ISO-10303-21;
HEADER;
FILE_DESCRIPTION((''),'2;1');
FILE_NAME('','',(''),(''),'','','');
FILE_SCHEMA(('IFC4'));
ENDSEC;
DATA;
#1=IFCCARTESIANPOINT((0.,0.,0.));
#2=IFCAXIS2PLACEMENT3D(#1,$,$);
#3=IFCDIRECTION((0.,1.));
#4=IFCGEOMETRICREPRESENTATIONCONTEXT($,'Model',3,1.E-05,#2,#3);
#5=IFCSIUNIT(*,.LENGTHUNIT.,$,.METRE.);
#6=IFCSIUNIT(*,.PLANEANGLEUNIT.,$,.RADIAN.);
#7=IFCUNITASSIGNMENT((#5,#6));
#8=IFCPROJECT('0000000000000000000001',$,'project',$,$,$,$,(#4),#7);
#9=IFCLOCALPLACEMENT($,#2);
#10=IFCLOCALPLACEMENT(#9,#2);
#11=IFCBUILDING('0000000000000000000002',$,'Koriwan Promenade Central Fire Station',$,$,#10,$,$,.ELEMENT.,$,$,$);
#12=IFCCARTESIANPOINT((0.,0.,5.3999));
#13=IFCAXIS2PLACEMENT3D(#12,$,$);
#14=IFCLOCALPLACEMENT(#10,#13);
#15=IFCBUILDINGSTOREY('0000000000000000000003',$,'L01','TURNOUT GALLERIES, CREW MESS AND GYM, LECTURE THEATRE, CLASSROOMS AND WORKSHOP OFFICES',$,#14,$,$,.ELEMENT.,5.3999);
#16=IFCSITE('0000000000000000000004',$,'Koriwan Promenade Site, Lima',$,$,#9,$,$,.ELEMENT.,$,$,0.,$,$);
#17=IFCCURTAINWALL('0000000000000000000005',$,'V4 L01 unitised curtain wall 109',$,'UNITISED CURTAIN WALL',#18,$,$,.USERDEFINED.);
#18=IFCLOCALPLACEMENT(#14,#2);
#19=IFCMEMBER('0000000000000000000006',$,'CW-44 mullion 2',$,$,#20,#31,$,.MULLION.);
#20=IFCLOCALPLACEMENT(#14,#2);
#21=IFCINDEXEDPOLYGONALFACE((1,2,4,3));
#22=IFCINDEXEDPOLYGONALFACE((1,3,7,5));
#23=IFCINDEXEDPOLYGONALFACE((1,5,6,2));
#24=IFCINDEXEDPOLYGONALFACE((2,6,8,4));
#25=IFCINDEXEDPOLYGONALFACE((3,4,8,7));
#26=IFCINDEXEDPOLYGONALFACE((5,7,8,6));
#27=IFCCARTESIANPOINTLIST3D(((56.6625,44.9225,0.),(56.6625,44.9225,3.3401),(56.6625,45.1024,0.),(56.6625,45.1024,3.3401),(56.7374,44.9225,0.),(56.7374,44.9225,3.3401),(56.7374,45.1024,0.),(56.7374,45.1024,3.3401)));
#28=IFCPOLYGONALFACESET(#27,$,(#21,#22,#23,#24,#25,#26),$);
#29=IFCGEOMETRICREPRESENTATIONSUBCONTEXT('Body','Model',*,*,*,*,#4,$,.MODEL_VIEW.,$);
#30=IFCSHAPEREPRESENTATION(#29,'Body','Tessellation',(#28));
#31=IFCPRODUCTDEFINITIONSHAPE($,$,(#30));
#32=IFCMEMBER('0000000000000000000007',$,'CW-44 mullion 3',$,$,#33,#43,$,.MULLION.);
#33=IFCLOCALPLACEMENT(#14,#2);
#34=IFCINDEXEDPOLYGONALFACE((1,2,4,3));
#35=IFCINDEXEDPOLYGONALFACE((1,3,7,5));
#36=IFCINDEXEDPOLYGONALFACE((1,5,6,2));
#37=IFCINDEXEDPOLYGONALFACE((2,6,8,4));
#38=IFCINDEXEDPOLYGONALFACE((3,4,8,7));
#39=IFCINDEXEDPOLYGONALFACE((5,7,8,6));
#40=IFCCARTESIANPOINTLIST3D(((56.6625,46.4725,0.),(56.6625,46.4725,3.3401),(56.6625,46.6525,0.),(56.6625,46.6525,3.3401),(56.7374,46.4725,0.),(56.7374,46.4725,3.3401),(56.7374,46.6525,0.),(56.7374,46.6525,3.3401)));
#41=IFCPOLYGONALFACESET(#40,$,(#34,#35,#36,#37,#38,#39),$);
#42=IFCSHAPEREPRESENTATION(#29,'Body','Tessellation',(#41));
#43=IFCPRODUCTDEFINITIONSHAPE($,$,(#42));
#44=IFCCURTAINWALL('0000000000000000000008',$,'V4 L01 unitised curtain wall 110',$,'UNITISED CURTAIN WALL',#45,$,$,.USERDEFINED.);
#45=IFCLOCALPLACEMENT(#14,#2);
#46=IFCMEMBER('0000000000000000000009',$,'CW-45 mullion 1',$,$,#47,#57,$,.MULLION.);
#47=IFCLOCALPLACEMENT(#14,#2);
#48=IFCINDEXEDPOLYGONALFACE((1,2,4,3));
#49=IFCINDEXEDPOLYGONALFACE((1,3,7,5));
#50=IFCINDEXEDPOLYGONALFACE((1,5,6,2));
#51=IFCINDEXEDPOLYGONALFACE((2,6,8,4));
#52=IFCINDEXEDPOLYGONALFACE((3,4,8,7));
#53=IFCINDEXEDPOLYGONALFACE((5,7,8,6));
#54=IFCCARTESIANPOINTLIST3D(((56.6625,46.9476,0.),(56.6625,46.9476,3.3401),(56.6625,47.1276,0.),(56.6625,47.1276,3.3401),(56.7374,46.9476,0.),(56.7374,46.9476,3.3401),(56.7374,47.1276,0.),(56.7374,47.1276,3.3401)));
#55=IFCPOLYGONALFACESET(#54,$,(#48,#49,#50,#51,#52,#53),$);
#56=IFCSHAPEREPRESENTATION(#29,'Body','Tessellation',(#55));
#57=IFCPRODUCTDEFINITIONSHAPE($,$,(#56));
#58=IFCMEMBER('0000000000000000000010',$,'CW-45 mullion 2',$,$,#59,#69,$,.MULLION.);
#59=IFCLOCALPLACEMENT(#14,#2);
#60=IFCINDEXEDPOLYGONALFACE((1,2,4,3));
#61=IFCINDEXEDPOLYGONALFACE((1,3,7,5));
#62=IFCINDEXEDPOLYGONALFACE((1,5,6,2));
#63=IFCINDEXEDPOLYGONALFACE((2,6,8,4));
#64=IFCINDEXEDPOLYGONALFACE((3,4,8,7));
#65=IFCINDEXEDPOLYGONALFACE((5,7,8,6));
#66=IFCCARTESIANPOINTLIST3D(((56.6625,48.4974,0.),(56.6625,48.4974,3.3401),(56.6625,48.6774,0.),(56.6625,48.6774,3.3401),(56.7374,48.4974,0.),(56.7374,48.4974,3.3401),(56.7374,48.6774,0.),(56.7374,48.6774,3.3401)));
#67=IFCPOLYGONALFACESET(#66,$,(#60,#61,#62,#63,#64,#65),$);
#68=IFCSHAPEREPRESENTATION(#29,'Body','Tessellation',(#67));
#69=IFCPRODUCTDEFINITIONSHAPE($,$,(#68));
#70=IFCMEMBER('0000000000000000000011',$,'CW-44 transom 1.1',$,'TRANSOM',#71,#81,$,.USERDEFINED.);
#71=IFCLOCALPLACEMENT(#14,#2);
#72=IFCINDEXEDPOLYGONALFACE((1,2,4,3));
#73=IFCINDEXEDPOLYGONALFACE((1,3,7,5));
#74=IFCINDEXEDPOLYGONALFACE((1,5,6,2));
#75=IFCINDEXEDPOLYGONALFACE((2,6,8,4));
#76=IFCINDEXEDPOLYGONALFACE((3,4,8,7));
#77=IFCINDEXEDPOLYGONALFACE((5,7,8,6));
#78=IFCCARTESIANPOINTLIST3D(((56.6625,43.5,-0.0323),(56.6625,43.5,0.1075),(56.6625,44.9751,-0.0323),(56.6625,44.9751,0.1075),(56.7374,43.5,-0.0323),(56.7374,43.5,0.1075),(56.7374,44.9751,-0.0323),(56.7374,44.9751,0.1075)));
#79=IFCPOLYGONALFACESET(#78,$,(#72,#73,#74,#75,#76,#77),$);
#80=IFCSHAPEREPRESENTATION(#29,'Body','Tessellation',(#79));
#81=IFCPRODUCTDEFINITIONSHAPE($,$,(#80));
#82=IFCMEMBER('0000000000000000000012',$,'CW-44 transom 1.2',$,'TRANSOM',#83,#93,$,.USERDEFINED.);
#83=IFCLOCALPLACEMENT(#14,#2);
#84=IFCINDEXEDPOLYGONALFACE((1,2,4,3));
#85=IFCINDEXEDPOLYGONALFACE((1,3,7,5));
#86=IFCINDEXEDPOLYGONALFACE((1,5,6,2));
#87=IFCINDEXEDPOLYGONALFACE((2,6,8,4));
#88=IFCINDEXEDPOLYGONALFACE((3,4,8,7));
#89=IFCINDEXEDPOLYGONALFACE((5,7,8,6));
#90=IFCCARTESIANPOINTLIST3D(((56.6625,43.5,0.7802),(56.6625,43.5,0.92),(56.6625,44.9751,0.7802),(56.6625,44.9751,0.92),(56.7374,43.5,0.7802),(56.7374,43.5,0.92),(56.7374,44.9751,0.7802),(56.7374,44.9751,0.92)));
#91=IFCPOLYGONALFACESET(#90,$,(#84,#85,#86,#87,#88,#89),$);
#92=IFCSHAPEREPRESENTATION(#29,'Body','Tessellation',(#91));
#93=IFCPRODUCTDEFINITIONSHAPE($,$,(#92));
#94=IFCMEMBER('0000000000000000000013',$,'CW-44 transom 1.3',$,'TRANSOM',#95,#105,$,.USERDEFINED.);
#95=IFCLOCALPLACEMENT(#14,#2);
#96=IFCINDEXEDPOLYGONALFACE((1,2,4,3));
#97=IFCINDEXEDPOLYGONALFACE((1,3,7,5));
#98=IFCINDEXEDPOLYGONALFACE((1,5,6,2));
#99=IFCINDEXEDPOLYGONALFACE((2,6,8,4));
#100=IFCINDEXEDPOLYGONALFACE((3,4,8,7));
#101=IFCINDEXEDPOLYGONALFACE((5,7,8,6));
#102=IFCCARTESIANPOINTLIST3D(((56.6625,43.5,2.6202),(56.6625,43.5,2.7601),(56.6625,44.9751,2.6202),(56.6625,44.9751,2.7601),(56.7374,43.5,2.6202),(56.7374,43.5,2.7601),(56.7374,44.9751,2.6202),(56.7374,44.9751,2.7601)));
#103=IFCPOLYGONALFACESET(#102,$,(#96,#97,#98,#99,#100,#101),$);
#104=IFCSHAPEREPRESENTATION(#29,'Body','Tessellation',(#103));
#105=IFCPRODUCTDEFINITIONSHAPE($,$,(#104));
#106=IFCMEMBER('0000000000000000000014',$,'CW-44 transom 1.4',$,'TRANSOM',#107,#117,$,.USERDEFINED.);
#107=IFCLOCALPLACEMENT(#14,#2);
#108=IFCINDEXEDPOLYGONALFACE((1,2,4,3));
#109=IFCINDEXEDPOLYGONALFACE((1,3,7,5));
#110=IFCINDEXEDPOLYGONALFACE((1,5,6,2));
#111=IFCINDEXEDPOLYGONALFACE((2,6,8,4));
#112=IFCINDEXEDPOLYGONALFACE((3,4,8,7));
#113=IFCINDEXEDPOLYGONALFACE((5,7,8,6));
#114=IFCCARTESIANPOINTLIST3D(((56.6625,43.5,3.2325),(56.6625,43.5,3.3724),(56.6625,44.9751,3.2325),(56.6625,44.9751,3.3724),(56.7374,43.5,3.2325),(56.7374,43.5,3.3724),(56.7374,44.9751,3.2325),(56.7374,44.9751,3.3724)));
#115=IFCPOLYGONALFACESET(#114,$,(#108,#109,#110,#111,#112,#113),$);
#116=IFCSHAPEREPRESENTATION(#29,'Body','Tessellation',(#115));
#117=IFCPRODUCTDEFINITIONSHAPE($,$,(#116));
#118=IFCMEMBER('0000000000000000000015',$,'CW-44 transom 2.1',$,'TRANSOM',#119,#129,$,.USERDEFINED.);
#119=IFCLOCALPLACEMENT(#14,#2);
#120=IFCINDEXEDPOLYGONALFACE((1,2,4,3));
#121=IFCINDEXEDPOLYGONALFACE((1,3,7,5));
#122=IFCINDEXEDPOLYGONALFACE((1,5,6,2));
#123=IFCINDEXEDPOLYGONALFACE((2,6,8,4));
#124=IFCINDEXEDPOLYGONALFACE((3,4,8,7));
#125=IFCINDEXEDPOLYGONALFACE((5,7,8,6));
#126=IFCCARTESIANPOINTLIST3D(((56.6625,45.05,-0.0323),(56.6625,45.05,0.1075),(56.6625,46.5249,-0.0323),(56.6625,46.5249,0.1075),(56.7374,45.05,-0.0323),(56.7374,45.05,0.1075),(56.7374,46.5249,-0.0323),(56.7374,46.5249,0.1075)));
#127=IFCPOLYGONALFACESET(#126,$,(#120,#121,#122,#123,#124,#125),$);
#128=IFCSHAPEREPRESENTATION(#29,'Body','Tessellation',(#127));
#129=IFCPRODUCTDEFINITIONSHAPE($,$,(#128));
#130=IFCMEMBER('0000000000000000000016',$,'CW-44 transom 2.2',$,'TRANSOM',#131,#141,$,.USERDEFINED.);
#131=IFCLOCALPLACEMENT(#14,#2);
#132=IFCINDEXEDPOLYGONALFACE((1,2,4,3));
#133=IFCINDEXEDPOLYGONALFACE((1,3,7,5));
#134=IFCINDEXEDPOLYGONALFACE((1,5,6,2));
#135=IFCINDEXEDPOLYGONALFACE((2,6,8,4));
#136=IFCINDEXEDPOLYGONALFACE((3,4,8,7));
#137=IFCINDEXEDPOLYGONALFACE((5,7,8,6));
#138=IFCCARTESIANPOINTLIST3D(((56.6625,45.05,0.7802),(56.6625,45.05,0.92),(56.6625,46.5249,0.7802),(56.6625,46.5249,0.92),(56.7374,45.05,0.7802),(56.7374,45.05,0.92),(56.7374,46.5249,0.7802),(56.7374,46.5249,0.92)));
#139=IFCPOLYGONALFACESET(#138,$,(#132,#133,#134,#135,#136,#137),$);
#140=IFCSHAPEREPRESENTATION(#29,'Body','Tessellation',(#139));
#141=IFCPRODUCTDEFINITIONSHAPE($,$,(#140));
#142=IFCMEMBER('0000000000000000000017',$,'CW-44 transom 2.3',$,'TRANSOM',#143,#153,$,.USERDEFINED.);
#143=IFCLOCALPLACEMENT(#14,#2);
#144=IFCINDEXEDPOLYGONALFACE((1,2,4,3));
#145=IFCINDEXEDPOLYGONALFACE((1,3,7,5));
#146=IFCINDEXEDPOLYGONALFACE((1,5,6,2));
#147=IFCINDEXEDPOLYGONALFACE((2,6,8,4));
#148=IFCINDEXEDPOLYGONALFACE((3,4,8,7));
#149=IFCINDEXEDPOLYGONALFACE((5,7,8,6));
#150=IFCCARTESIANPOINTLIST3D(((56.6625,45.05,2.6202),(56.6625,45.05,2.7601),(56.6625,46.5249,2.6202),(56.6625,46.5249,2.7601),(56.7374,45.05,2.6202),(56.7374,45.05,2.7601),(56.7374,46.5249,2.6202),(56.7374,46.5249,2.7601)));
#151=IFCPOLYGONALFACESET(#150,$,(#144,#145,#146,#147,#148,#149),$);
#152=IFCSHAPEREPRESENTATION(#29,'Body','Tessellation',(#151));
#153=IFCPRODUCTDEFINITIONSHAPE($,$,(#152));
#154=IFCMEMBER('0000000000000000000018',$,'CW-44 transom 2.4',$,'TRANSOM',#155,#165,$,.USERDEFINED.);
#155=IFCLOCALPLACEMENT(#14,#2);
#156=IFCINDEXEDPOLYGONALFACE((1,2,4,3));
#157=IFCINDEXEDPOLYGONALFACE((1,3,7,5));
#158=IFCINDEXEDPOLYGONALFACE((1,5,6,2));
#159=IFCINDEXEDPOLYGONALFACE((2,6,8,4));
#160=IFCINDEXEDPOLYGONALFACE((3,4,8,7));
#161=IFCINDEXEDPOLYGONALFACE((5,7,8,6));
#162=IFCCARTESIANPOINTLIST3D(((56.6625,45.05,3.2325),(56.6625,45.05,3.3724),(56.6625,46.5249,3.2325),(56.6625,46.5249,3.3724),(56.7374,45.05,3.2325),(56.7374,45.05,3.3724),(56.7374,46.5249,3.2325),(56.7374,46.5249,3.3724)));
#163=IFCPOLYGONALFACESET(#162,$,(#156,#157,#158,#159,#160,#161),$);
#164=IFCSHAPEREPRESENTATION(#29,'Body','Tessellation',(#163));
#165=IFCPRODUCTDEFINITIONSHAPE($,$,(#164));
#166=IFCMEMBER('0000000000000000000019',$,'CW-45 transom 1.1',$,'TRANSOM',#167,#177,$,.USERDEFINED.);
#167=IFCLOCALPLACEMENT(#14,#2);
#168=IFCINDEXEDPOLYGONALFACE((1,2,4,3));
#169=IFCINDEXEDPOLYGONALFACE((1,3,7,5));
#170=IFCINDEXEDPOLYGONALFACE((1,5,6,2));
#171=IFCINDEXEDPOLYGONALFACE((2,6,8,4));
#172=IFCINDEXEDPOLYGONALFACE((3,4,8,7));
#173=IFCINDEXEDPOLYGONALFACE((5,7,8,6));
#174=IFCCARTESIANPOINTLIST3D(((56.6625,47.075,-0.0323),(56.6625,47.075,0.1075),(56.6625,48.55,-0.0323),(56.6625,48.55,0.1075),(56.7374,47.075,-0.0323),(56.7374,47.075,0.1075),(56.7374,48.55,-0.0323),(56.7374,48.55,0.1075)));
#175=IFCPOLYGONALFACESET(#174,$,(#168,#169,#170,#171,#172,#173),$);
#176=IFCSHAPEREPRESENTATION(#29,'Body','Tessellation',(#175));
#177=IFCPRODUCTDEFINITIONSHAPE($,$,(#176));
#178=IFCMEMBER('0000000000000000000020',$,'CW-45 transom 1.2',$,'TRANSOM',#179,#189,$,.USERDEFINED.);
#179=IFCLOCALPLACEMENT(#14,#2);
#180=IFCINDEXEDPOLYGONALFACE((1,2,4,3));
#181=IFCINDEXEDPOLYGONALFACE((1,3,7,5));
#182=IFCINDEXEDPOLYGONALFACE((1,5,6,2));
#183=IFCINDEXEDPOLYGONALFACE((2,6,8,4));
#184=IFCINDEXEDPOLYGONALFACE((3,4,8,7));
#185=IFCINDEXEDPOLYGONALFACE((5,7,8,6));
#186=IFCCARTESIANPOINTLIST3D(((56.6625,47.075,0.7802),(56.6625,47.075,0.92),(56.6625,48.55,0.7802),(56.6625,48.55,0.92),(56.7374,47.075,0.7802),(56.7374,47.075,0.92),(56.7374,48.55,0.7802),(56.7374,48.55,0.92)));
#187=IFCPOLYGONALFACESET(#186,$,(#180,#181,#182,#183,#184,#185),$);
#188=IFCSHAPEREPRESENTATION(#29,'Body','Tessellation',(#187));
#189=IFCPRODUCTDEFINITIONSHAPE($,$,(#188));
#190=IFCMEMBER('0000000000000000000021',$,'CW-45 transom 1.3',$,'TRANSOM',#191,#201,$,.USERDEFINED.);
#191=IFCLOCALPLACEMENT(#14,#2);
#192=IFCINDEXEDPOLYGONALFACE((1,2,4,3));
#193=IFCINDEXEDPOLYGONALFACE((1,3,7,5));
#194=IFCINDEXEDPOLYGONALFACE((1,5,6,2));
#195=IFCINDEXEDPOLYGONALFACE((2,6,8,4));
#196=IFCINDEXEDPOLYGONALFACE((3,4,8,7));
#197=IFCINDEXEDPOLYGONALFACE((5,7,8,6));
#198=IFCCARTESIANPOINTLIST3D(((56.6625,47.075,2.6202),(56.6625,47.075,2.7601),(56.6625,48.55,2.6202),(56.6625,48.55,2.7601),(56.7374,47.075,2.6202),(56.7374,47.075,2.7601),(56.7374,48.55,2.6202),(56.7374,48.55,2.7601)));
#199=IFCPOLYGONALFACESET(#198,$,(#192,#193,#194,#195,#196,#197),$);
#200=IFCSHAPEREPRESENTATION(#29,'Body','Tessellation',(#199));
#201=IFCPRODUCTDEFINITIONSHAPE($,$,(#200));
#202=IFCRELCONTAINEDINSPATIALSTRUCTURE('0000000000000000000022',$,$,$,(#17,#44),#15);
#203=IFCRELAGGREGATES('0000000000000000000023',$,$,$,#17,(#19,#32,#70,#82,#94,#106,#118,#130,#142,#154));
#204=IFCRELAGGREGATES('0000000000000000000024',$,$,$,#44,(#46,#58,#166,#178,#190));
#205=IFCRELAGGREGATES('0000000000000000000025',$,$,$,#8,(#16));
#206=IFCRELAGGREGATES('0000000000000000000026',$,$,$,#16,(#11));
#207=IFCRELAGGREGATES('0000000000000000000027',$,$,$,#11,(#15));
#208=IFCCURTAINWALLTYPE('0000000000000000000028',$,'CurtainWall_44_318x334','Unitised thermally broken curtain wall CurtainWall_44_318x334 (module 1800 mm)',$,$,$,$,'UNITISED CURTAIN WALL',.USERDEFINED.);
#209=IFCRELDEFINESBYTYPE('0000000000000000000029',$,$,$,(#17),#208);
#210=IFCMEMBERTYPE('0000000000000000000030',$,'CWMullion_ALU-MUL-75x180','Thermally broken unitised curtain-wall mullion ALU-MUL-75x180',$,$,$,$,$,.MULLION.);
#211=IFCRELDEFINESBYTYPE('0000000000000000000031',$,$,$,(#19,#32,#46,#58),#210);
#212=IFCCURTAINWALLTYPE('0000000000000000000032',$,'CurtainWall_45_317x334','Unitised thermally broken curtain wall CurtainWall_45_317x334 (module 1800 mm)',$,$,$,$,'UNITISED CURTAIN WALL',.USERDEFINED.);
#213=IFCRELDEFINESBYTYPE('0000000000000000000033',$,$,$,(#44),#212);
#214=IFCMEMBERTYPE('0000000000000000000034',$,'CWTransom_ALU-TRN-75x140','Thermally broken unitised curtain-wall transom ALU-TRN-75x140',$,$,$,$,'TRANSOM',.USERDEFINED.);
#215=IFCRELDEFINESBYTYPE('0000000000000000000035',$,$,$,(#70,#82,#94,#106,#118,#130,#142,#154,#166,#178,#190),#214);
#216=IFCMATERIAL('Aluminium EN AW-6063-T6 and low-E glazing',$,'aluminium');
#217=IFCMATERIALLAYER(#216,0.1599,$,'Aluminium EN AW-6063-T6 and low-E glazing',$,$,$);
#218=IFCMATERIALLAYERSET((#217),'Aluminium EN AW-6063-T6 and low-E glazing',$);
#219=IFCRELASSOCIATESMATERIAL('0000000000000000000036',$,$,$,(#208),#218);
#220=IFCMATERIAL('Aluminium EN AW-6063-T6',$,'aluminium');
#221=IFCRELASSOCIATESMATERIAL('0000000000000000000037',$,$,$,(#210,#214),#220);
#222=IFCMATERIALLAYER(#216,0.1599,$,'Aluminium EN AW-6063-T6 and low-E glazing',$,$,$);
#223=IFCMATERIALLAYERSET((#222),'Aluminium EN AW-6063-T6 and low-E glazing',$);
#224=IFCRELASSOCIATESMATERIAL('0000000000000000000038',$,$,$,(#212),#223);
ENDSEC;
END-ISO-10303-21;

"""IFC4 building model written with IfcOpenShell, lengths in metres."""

from ifc_helpers import new_model, si_unit, direction, frame, origin, origin_2d, place, context, subcontext, project, spatial, rectangle, extrude, material, layer, layer_set, material_profile, profile_set, type_object, element, aggregate, save


model = new_model("IFC4")

# Units and contexts
model_context = context("Model", 3, precision=1e-05, world=origin(), true_north=direction((0.0, 1.0)))
body_context = subcontext(model_context, "Body", "Model", "MODEL_VIEW")
ifc_project = project(units=[si_unit("LENGTHUNIT", "METRE"), si_unit("PLANEANGLEUNIT", "RADIAN")], contexts=[model_context])

# Site, building, storey
site_placement = place(None, origin())
site = spatial("IfcSite", under=ifc_project, at=site_placement, Name="Koriwan Promenade Site, Lima", CompositionType="ELEMENT", RefElevation=0.0)
building_placement = place(site_placement, origin())
building = spatial("IfcBuilding", under=site, at=building_placement, Name="Koriwan Promenade Central Fire Station", CompositionType="ELEMENT")
storey_placement = place(building_placement, frame((0.0, 0.0, 5.3999)))
storey = spatial("IfcBuildingStorey", under=building, at=storey_placement, Name="L01", Description="TURNOUT GALLERIES, CREW MESS AND GYM, LECTURE THEATRE, CLASSROOMS AND WORKSHOP OFFICES", CompositionType="ELEMENT", Elevation=5.3999)

# Curtain walls, members
ifc_material_1 = material(Name="Aluminium EN AW-6063-T6 and low-E glazing", Category="aluminium")
ifc_layer_1 = layer(ifc_material_1, 0.1599, Name="Aluminium EN AW-6063-T6 and low-E glazing")
ifc_layer_set_1 = layer_set([ifc_layer_1], Name="Aluminium EN AW-6063-T6 and low-E glazing")
curtain_wall_type_1 = type_object("IfcCurtainWallType", Name="CurtainWall_44_318x334", Description="Unitised thermally broken curtain wall CurtainWall_44_318x334 (module 1800 mm)", ElementType="UNITISED CURTAIN WALL", PredefinedType="USERDEFINED", material=ifc_layer_set_1)
curtain_wall_1_placement = place(storey_placement, origin())
curtain_wall_1 = element("IfcCurtainWall", 1, at=curtain_wall_1_placement, inside=storey, type_object=curtain_wall_type_1, Name="V4 L01 unitised curtain wall 109", ObjectType="UNITISED CURTAIN WALL", PredefinedType="USERDEFINED")
ifc_material_2 = material(Name="Aluminium EN AW-6063-T6", Category="aluminium")
ifc_material_profile_1 = material_profile(ifc_material_2, rectangle(XDim=0.075, YDim=0.1799, at=origin_2d()), Name="ALU-MUL-75x180")
ifc_profile_set_1 = profile_set([ifc_material_profile_1], Name="Aluminium EN AW-6063-T6")
member_type_1 = type_object("IfcMemberType", Name="CWMullion_ALU-MUL-75x180", Description="Thermally broken unitised curtain-wall mullion ALU-MUL-75x180", PredefinedType="MULLION", material=ifc_profile_set_1)
member_1_placement = place(storey_placement, frame((56.7, 45.0125, 0.0), z_axis=(0.0, 0.0, 1.0), x_axis=(-1.0, 0.0, 0.0)))
member_1 = element("IfcMember", 2, at=member_1_placement, type_object=member_type_1, Name="CW-44 mullion 2", PredefinedType="MULLION", context=body_context, shape_type="SweptSolid", body=[
    extrude(rectangle(XDim=0.075, YDim=0.1799, at=origin_2d()), origin(), (0.0, 0.0, 1.0), 3.3401),
])
member_2_placement = place(storey_placement, frame((56.7, 46.5625, 0.0), z_axis=(0.0, 0.0, 1.0), x_axis=(-1.0, 0.0, 0.0)))
member_2 = element("IfcMember", 3, at=member_2_placement, type_object=member_type_1, Name="CW-44 mullion 3", PredefinedType="MULLION", context=body_context, shape_type="SweptSolid", body=[
    extrude(rectangle(XDim=0.075, YDim=0.1799, at=origin_2d()), origin(), (0.0, 0.0, 1.0), 3.3401),
])
ifc_layer_2 = layer(ifc_material_1, 0.1599, Name="Aluminium EN AW-6063-T6 and low-E glazing")
ifc_layer_set_2 = layer_set([ifc_layer_2], Name="Aluminium EN AW-6063-T6 and low-E glazing")
curtain_wall_type_2 = type_object("IfcCurtainWallType", Name="CurtainWall_45_317x334", Description="Unitised thermally broken curtain wall CurtainWall_45_317x334 (module 1800 mm)", ElementType="UNITISED CURTAIN WALL", PredefinedType="USERDEFINED", material=ifc_layer_set_2)
curtain_wall_2_placement = place(storey_placement, origin())
curtain_wall_2 = element("IfcCurtainWall", 4, at=curtain_wall_2_placement, inside=storey, type_object=curtain_wall_type_2, Name="V4 L01 unitised curtain wall 110", ObjectType="UNITISED CURTAIN WALL", PredefinedType="USERDEFINED")
member_3_placement = place(storey_placement, frame((56.7, 47.0376, 0.0), z_axis=(0.0, 0.0, 1.0), x_axis=(-1.0, 0.0, 0.0)))
member_3 = element("IfcMember", 5, at=member_3_placement, type_object=member_type_1, Name="CW-45 mullion 1", PredefinedType="MULLION", context=body_context, shape_type="SweptSolid", body=[
    extrude(rectangle(XDim=0.075, YDim=0.1799, at=origin_2d()), origin(), (0.0, 0.0, 1.0), 3.3401),
])
member_4_placement = place(storey_placement, frame((56.7, 48.5874, 0.0), z_axis=(0.0, 0.0, 1.0), x_axis=(-1.0, 0.0, 0.0)))
member_4 = element("IfcMember", 6, at=member_4_placement, type_object=member_type_1, Name="CW-45 mullion 2", PredefinedType="MULLION", context=body_context, shape_type="SweptSolid", body=[
    extrude(rectangle(XDim=0.075, YDim=0.1799, at=origin_2d()), origin(), (0.0, 0.0, 1.0), 3.3401),
])

# Members
ifc_material_profile_2 = material_profile(ifc_material_2, rectangle(XDim=0.075, YDim=0.1399, at=origin_2d()), Name="ALU-TRN-75x140")
ifc_profile_set_2 = profile_set([ifc_material_profile_2], Name="Aluminium EN AW-6063-T6")
member_type_2 = type_object("IfcMemberType", Name="CWTransom_ALU-TRN-75x140", Description="Thermally broken unitised curtain-wall transom ALU-TRN-75x140", ElementType="TRANSOM", PredefinedType="USERDEFINED", material=ifc_profile_set_2)
member_5_placement = place(storey_placement, frame((56.7, 43.5, 0.0376), z_axis=(0.0, 1.0, 0.0), x_axis=(-1.0, 0.0, 0.0)))
member_5 = element("IfcMember", 7, at=member_5_placement, type_object=member_type_2, Name="CW-44 transom 1.1", ObjectType="TRANSOM", PredefinedType="USERDEFINED", context=body_context, shape_type="SweptSolid", body=[
    extrude(rectangle(XDim=0.075, YDim=0.1399, at=origin_2d()), origin(), (0.0, 0.0, 1.0), 1.4751),
])
member_6_placement = place(storey_placement, frame((56.7, 43.5, 0.8501), z_axis=(0.0, 1.0, 0.0), x_axis=(-1.0, 0.0, 0.0)))
member_6 = element("IfcMember", 8, at=member_6_placement, type_object=member_type_2, Name="CW-44 transom 1.2", ObjectType="TRANSOM", PredefinedType="USERDEFINED", context=body_context, shape_type="SweptSolid", body=[
    extrude(rectangle(XDim=0.075, YDim=0.1399, at=origin_2d()), origin(), (0.0, 0.0, 1.0), 1.4751),
])
member_7_placement = place(storey_placement, frame((56.7, 43.5, 2.6902), z_axis=(0.0, 1.0, 0.0), x_axis=(-1.0, 0.0, 0.0)))
member_7 = element("IfcMember", 9, at=member_7_placement, type_object=member_type_2, Name="CW-44 transom 1.3", ObjectType="TRANSOM", PredefinedType="USERDEFINED", context=body_context, shape_type="SweptSolid", body=[
    extrude(rectangle(XDim=0.075, YDim=0.1399, at=origin_2d()), origin(), (0.0, 0.0, 1.0), 1.4751),
])
member_8_placement = place(storey_placement, frame((56.7, 43.5, 3.3025), z_axis=(0.0, 1.0, 0.0), x_axis=(-1.0, 0.0, 0.0)))
member_8 = element("IfcMember", 10, at=member_8_placement, type_object=member_type_2, Name="CW-44 transom 1.4", ObjectType="TRANSOM", PredefinedType="USERDEFINED", context=body_context, shape_type="SweptSolid", body=[
    extrude(rectangle(XDim=0.075, YDim=0.1399, at=origin_2d()), origin(), (0.0, 0.0, 1.0), 1.4751),
])
member_9_placement = place(storey_placement, frame((56.7, 45.05, 0.0376), z_axis=(0.0, 1.0, 0.0), x_axis=(-1.0, 0.0, 0.0)))
member_9 = element("IfcMember", 11, at=member_9_placement, type_object=member_type_2, Name="CW-44 transom 2.1", ObjectType="TRANSOM", PredefinedType="USERDEFINED", context=body_context, shape_type="SweptSolid", body=[
    extrude(rectangle(XDim=0.075, YDim=0.1399, at=origin_2d()), origin(), (0.0, 0.0, 1.0), 1.4749),
])
member_10_placement = place(storey_placement, frame((56.7, 45.05, 0.8501), z_axis=(0.0, 1.0, 0.0), x_axis=(-1.0, 0.0, 0.0)))
member_10 = element("IfcMember", 12, at=member_10_placement, type_object=member_type_2, Name="CW-44 transom 2.2", ObjectType="TRANSOM", PredefinedType="USERDEFINED", context=body_context, shape_type="SweptSolid", body=[
    extrude(rectangle(XDim=0.075, YDim=0.1399, at=origin_2d()), origin(), (0.0, 0.0, 1.0), 1.4749),
])
member_11_placement = place(storey_placement, frame((56.7, 45.05, 2.6902), z_axis=(0.0, 1.0, 0.0), x_axis=(-1.0, 0.0, 0.0)))
member_11 = element("IfcMember", 13, at=member_11_placement, type_object=member_type_2, Name="CW-44 transom 2.3", ObjectType="TRANSOM", PredefinedType="USERDEFINED", context=body_context, shape_type="SweptSolid", body=[
    extrude(rectangle(XDim=0.075, YDim=0.1399, at=origin_2d()), origin(), (0.0, 0.0, 1.0), 1.4749),
])
member_12_placement = place(storey_placement, frame((56.7, 45.05, 3.3025), z_axis=(0.0, 1.0, 0.0), x_axis=(-1.0, 0.0, 0.0)))
member_12 = element("IfcMember", 14, at=member_12_placement, type_object=member_type_2, Name="CW-44 transom 2.4", ObjectType="TRANSOM", PredefinedType="USERDEFINED", context=body_context, shape_type="SweptSolid", body=[
    extrude(rectangle(XDim=0.075, YDim=0.1399, at=origin_2d()), origin(), (0.0, 0.0, 1.0), 1.4749),
])
member_13_placement = place(storey_placement, frame((56.7, 47.075, 0.0376), z_axis=(0.0, 1.0, 0.0), x_axis=(-1.0, 0.0, 0.0)))
member_13 = element("IfcMember", 15, at=member_13_placement, type_object=member_type_2, Name="CW-45 transom 1.1", ObjectType="TRANSOM", PredefinedType="USERDEFINED", context=body_context, shape_type="SweptSolid", body=[
    extrude(rectangle(XDim=0.075, YDim=0.1399, at=origin_2d()), origin(), (0.0, 0.0, 1.0), 1.4751),
])
member_14_placement = place(storey_placement, frame((56.7, 47.075, 0.8501), z_axis=(0.0, 1.0, 0.0), x_axis=(-1.0, 0.0, 0.0)))
member_14 = element("IfcMember", 16, at=member_14_placement, type_object=member_type_2, Name="CW-45 transom 1.2", ObjectType="TRANSOM", PredefinedType="USERDEFINED", context=body_context, shape_type="SweptSolid", body=[
    extrude(rectangle(XDim=0.075, YDim=0.1399, at=origin_2d()), origin(), (0.0, 0.0, 1.0), 1.4751),
])
member_15_placement = place(storey_placement, frame((56.7, 47.075, 2.6902), z_axis=(0.0, 1.0, 0.0), x_axis=(-1.0, 0.0, 0.0)))
member_15 = element("IfcMember", 17, at=member_15_placement, type_object=member_type_2, Name="CW-45 transom 1.3", ObjectType="TRANSOM", PredefinedType="USERDEFINED", context=body_context, shape_type="SweptSolid", body=[
    extrude(rectangle(XDim=0.075, YDim=0.1399, at=origin_2d()), origin(), (0.0, 0.0, 1.0), 1.4751),
])

aggregate(curtain_wall_1, [member_1, member_2, member_5, member_6, member_7, member_8, member_9, member_10, member_11, member_12])
aggregate(curtain_wall_2, [member_3, member_4, member_13, member_14, member_15])

save(model, "model.ifc")
